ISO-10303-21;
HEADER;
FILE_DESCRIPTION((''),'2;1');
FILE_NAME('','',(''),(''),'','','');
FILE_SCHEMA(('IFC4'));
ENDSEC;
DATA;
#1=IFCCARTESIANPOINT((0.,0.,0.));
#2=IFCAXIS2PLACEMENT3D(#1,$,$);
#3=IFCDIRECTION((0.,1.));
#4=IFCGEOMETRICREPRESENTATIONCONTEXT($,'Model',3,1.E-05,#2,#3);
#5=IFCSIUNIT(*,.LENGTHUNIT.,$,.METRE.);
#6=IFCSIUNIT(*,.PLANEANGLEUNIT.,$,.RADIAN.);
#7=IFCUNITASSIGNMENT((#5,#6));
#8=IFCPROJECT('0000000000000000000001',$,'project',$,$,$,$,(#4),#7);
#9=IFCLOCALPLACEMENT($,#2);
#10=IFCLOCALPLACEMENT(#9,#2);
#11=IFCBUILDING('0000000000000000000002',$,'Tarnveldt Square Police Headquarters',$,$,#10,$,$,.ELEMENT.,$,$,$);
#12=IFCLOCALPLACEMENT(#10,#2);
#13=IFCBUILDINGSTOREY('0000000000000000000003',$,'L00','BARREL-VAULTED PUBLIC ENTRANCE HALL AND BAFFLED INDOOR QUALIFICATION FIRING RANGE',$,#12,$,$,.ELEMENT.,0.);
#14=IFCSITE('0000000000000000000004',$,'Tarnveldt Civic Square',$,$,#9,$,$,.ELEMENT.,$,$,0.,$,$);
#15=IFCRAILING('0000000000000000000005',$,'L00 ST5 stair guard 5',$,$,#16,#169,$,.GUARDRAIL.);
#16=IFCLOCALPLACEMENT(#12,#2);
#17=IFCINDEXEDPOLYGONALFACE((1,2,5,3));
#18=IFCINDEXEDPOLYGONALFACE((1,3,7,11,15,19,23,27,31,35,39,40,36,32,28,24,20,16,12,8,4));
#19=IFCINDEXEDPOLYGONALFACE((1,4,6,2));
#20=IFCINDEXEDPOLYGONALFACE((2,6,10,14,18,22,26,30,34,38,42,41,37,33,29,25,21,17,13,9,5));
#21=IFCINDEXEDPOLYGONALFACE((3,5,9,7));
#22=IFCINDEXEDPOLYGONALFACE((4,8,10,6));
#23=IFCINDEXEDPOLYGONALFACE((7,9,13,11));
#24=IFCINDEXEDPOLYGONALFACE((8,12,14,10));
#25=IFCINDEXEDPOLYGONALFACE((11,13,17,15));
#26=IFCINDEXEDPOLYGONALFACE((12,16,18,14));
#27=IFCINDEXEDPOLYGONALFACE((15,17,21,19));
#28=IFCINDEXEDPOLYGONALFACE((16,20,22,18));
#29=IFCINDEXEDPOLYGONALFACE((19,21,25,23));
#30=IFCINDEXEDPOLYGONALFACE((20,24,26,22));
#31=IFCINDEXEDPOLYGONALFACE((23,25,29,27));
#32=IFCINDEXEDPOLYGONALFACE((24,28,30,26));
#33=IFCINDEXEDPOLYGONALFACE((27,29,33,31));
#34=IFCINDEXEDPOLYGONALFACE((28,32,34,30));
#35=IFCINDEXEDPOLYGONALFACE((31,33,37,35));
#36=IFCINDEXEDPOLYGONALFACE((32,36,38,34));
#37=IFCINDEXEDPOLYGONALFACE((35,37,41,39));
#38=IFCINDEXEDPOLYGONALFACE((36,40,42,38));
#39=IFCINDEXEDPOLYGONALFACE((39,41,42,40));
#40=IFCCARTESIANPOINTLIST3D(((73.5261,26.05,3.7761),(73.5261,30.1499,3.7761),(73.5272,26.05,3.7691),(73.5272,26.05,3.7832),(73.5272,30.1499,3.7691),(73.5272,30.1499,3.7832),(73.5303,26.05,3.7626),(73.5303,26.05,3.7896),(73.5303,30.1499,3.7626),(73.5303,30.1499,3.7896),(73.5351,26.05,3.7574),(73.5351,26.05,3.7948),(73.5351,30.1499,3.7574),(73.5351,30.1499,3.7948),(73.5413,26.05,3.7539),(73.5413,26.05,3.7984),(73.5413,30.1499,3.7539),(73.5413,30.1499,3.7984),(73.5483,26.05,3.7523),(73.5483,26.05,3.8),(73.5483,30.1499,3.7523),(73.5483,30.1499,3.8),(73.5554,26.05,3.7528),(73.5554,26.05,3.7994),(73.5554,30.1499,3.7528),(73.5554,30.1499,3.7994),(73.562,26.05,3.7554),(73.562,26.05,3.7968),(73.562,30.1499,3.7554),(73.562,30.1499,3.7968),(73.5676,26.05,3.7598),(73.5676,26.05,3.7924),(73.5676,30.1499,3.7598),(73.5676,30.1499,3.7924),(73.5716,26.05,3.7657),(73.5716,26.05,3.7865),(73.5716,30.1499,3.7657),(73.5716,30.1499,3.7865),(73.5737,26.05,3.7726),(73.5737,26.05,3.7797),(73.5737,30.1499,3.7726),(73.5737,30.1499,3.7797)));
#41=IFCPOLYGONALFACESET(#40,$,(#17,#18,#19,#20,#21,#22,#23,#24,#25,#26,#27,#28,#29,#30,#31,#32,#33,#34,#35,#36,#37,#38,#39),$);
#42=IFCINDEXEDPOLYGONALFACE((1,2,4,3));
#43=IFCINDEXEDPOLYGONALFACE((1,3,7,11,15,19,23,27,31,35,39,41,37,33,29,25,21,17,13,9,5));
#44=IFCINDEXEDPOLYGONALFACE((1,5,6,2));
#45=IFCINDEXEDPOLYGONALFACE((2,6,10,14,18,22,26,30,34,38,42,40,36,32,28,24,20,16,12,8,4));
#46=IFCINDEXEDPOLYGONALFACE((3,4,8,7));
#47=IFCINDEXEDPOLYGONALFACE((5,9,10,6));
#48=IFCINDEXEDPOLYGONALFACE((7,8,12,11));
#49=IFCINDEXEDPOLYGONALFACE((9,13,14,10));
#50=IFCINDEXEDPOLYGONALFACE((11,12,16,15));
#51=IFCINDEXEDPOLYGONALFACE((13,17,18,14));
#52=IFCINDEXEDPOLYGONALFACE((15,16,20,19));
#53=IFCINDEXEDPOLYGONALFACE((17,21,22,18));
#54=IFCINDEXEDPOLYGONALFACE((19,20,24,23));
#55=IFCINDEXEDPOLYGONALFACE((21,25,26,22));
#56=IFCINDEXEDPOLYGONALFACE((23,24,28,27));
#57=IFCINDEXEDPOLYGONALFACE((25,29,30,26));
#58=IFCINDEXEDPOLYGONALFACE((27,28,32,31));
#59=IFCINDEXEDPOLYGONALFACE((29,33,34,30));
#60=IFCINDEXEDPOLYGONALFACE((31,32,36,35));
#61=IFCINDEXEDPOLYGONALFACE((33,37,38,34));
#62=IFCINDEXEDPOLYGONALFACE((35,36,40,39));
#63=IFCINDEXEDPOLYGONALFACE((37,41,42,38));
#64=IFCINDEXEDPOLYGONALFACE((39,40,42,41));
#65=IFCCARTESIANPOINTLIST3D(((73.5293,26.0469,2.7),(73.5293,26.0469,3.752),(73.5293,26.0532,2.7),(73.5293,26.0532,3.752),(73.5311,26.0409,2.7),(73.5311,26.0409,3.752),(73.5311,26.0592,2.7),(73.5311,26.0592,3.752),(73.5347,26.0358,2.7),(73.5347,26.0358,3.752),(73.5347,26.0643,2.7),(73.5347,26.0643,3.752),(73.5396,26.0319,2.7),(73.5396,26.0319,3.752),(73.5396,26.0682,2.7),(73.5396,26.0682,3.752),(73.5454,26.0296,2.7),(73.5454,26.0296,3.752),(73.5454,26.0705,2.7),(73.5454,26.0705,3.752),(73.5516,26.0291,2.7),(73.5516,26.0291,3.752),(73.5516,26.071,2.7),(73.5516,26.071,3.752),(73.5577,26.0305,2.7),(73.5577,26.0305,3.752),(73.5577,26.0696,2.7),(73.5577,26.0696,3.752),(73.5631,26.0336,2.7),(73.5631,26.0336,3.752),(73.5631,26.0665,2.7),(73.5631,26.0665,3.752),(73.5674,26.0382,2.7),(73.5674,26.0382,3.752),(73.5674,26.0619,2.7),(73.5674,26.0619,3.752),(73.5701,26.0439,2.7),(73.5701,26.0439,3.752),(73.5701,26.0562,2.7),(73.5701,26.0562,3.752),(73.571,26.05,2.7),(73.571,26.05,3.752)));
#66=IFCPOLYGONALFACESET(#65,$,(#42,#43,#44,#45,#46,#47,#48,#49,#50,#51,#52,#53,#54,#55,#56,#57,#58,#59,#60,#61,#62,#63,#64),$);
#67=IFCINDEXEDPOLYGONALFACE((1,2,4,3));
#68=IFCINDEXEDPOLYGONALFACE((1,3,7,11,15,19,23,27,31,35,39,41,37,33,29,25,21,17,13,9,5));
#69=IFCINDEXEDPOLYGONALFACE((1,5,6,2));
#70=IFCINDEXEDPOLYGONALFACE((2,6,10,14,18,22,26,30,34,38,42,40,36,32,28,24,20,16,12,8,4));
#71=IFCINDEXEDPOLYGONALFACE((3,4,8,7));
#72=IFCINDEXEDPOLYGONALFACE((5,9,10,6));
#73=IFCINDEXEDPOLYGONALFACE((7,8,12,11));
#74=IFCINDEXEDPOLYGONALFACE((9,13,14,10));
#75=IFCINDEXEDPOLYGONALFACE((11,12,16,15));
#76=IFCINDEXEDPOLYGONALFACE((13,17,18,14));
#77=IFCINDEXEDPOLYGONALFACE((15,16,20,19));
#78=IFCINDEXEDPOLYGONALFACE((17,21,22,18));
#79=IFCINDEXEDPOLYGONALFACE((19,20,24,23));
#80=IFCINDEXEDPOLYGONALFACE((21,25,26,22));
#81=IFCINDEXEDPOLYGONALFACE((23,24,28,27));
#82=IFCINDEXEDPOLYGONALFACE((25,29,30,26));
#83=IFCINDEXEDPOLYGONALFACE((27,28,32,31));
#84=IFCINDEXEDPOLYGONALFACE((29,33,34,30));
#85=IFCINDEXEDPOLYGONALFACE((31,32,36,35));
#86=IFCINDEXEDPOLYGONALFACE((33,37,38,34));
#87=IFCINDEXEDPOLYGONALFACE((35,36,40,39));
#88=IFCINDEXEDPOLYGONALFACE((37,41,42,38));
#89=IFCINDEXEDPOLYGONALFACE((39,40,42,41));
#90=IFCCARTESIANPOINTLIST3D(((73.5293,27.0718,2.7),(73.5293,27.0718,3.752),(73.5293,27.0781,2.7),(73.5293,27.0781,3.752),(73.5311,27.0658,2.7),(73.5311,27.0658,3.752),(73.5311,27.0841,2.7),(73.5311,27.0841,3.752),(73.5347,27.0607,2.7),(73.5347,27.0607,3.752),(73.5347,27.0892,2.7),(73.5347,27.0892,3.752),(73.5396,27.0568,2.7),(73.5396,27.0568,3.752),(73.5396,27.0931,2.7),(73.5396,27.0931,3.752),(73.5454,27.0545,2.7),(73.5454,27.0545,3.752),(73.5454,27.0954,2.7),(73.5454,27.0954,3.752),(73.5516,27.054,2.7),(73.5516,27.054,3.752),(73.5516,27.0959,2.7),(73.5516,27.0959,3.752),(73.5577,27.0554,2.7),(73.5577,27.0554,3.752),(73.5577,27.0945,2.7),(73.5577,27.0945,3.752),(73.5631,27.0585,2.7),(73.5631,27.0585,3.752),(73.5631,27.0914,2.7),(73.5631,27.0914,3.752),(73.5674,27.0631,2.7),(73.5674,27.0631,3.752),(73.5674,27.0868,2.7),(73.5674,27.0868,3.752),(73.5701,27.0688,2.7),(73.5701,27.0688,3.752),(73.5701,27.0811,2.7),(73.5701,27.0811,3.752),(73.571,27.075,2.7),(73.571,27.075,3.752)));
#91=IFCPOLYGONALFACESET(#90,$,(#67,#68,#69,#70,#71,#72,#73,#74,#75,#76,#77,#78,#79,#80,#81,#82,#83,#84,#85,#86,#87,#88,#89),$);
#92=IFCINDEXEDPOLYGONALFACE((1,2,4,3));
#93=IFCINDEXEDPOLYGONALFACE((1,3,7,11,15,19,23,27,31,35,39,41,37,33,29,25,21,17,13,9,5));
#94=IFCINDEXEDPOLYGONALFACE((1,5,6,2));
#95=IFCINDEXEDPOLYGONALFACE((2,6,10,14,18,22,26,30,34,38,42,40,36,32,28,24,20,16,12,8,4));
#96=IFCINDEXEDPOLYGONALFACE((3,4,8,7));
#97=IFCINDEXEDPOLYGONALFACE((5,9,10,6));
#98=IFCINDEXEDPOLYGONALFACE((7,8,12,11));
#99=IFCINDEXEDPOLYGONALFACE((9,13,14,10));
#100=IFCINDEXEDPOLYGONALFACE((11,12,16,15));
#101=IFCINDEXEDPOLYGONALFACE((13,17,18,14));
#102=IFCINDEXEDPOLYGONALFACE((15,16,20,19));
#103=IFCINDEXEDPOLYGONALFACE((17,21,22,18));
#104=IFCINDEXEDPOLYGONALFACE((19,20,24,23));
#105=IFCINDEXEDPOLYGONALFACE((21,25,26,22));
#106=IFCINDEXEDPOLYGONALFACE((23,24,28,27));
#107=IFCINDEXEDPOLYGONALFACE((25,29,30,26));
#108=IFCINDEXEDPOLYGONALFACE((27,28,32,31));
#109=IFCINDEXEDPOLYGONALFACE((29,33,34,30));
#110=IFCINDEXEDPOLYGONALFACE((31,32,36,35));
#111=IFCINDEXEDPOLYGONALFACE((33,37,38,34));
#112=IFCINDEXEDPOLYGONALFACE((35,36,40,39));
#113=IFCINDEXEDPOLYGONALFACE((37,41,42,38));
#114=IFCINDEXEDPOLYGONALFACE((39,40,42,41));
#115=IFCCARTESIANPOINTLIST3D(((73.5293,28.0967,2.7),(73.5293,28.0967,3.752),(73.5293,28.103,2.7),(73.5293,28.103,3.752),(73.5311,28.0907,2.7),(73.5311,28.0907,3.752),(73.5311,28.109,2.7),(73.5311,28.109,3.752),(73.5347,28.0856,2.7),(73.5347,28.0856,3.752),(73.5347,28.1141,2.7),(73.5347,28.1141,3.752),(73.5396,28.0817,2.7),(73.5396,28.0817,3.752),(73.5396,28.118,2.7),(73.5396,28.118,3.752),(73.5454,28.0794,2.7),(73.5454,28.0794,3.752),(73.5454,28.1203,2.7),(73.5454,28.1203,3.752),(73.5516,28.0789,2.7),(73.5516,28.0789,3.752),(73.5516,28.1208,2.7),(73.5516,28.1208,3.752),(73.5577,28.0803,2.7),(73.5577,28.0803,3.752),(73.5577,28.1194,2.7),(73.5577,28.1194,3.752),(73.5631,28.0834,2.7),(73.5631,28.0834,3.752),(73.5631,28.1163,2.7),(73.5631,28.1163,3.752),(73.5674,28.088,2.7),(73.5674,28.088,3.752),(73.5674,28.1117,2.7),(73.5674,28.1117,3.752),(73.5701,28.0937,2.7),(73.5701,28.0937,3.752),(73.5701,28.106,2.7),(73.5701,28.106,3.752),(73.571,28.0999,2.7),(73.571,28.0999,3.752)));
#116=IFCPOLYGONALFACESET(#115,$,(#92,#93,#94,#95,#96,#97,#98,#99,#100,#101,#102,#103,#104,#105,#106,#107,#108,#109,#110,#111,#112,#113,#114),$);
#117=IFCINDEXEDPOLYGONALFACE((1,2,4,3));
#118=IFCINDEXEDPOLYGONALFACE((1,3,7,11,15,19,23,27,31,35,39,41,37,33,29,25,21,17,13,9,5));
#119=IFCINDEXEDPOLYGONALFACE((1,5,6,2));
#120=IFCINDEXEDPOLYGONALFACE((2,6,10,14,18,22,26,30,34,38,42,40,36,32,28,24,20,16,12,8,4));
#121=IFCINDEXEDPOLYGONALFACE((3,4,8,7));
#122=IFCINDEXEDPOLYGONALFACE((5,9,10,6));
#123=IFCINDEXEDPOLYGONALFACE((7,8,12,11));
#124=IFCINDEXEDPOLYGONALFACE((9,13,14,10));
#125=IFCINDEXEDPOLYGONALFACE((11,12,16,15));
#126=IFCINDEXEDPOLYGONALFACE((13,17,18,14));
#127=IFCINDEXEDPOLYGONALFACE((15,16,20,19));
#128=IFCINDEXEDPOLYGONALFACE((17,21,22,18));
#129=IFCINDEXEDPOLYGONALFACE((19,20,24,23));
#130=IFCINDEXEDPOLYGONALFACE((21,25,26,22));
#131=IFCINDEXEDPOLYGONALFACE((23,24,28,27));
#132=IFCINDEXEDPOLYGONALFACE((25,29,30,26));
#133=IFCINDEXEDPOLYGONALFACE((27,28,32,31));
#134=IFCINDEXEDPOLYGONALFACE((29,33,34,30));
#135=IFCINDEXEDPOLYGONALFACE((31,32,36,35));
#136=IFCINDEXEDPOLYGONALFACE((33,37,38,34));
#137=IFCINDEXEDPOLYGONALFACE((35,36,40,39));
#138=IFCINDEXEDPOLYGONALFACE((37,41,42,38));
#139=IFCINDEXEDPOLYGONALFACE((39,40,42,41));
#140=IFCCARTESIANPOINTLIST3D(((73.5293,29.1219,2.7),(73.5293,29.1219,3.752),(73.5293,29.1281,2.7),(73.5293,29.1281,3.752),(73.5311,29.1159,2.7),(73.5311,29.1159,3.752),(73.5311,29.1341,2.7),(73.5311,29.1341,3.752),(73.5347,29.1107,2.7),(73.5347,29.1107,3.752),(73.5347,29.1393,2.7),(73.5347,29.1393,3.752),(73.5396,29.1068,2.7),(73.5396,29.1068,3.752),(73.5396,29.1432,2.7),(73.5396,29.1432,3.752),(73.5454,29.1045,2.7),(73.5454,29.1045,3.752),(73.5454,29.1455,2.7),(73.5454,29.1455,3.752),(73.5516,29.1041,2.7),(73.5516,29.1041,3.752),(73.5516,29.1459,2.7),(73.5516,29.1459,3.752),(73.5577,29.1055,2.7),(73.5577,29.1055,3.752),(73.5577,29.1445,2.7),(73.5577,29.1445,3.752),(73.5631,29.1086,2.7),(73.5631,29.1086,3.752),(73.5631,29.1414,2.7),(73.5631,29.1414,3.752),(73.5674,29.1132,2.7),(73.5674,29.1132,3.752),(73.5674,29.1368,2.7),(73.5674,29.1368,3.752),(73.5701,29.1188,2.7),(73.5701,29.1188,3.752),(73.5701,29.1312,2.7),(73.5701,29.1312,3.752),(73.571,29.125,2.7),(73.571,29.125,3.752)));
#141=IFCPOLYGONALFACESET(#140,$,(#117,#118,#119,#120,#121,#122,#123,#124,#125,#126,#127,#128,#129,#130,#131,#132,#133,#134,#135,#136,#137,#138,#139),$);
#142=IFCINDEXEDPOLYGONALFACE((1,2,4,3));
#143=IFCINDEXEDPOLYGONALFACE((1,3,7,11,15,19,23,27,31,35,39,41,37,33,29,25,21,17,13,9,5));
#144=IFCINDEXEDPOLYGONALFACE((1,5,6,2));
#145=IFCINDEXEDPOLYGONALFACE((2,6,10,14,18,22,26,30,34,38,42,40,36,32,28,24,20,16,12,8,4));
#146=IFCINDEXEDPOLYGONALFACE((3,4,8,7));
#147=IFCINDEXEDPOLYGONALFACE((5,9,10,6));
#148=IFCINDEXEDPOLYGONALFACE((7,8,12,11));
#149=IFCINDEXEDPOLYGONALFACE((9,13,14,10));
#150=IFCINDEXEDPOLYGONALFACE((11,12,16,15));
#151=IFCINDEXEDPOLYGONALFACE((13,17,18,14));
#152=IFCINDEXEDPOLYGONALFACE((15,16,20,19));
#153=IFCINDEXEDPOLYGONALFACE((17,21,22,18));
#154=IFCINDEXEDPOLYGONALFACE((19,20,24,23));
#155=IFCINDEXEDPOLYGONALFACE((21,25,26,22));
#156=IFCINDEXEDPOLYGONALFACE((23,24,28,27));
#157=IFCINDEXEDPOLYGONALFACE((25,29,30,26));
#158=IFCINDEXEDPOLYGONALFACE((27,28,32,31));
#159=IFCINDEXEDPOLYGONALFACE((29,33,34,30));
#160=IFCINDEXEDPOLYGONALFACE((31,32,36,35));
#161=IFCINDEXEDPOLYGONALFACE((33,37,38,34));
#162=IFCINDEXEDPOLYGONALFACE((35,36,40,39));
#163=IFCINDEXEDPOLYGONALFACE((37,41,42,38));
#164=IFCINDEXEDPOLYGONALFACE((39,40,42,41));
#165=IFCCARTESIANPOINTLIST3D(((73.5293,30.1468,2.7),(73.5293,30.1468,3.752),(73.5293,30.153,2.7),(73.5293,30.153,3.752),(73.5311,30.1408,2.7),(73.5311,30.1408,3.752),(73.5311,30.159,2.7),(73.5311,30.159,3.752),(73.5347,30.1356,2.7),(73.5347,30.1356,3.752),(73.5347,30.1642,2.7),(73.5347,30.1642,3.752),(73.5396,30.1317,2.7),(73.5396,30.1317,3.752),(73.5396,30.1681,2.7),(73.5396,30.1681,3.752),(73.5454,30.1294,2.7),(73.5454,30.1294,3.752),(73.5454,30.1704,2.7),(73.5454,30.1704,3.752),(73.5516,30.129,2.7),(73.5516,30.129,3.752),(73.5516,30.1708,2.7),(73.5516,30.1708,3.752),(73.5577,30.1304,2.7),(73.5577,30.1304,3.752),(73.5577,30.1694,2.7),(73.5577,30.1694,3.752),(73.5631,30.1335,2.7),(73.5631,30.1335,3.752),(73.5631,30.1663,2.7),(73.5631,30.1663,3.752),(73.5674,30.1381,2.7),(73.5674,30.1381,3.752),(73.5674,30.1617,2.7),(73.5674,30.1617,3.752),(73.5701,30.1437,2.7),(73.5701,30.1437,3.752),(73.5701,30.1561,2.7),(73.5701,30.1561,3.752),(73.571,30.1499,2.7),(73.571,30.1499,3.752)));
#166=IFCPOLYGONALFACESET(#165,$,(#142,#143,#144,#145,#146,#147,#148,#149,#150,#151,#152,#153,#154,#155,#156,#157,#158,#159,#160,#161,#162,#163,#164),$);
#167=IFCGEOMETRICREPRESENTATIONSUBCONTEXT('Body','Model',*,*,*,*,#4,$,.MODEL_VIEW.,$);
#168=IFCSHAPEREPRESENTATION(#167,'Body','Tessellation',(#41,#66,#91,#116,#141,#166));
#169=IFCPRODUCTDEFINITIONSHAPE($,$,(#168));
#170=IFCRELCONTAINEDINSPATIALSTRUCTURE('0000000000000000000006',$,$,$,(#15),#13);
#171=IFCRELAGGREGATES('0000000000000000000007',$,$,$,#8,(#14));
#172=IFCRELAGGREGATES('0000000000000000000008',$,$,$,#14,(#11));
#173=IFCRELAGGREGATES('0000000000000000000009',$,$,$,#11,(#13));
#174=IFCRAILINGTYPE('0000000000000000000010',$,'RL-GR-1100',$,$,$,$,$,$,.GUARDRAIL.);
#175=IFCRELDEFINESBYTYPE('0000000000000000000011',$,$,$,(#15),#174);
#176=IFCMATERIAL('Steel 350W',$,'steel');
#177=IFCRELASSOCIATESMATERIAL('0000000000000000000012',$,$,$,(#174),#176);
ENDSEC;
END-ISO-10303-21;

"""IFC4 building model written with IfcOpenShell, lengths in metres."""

from ifc_helpers import new_model, si_unit, direction, frame, origin, origin_2d, place, context, subcontext, project, spatial, circle, extrude, material, type_object, element, save


model = new_model("IFC4")

# Units and contexts
model_context = context("Model", 3, precision=1e-05, world=origin(), true_north=direction((0.0, 1.0)))
body_context = subcontext(model_context, "Body", "Model", "MODEL_VIEW")
ifc_project = project(units=[si_unit("LENGTHUNIT", "METRE"), si_unit("PLANEANGLEUNIT", "RADIAN")], contexts=[model_context])

# Site, building, storey
site_placement = place(None, origin())
site = spatial("IfcSite", under=ifc_project, at=site_placement, Name="Tarnveldt Civic Square", CompositionType="ELEMENT", RefElevation=0.0)
building_placement = place(site_placement, origin())
building = spatial("IfcBuilding", under=site, at=building_placement, Name="Tarnveldt Square Police Headquarters", CompositionType="ELEMENT")
storey_placement = place(building_placement, origin())
storey = spatial("IfcBuildingStorey", under=building, at=storey_placement, Name="L00", Description="BARREL-VAULTED PUBLIC ENTRANCE HALL AND BAFFLED INDOOR QUALIFICATION FIRING RANGE", CompositionType="ELEMENT", Elevation=0.0)

# Shared definitions
ifc_material_1 = material(Name="Steel 350W", Category="steel")

# Railing
railing_type_1 = type_object("IfcRailingType", Name="RL-GR-1100", PredefinedType="GUARDRAIL", material=ifc_material_1)
railing_1_placement = place(storey_placement, frame((73.55, 26.05, 2.7)))
element("IfcRailing", 1, at=railing_1_placement, inside=storey, type_object=railing_type_1, Name="L00 ST5 stair guard 5", PredefinedType="GUARDRAIL", context=body_context, shape_type="SweptSolid", body=[
    extrude(circle(Radius=0.0239, at=origin_2d()), frame((0.0, 0.0, 1.0762), z_axis=(0.0, 1.0, 0.0), x_axis=(-1.0, 0.0, 0.0)), (0.0, 0.0, 1.0), 4.0999),
    extrude(circle(Radius=0.021, at=origin_2d()), origin(), (0.0, 0.0, 1.0), 1.052),
    extrude(circle(Radius=0.021, at=origin_2d()), frame((0.0, 1.0249, 0.0)), (0.0, 0.0, 1.0), 1.052),
    extrude(circle(Radius=0.021, at=origin_2d()), frame((0.0, 2.0498, 0.0)), (0.0, 0.0, 1.0), 1.052),
    extrude(circle(Radius=0.021, at=origin_2d()), frame((0.0, 3.075, 0.0)), (0.0, 0.0, 1.0), 1.052),
    extrude(circle(Radius=0.021, at=origin_2d()), frame((0.0, 4.0999, 0.0)), (0.0, 0.0, 1.0), 1.052),
])

save(model, "model.ifc")
